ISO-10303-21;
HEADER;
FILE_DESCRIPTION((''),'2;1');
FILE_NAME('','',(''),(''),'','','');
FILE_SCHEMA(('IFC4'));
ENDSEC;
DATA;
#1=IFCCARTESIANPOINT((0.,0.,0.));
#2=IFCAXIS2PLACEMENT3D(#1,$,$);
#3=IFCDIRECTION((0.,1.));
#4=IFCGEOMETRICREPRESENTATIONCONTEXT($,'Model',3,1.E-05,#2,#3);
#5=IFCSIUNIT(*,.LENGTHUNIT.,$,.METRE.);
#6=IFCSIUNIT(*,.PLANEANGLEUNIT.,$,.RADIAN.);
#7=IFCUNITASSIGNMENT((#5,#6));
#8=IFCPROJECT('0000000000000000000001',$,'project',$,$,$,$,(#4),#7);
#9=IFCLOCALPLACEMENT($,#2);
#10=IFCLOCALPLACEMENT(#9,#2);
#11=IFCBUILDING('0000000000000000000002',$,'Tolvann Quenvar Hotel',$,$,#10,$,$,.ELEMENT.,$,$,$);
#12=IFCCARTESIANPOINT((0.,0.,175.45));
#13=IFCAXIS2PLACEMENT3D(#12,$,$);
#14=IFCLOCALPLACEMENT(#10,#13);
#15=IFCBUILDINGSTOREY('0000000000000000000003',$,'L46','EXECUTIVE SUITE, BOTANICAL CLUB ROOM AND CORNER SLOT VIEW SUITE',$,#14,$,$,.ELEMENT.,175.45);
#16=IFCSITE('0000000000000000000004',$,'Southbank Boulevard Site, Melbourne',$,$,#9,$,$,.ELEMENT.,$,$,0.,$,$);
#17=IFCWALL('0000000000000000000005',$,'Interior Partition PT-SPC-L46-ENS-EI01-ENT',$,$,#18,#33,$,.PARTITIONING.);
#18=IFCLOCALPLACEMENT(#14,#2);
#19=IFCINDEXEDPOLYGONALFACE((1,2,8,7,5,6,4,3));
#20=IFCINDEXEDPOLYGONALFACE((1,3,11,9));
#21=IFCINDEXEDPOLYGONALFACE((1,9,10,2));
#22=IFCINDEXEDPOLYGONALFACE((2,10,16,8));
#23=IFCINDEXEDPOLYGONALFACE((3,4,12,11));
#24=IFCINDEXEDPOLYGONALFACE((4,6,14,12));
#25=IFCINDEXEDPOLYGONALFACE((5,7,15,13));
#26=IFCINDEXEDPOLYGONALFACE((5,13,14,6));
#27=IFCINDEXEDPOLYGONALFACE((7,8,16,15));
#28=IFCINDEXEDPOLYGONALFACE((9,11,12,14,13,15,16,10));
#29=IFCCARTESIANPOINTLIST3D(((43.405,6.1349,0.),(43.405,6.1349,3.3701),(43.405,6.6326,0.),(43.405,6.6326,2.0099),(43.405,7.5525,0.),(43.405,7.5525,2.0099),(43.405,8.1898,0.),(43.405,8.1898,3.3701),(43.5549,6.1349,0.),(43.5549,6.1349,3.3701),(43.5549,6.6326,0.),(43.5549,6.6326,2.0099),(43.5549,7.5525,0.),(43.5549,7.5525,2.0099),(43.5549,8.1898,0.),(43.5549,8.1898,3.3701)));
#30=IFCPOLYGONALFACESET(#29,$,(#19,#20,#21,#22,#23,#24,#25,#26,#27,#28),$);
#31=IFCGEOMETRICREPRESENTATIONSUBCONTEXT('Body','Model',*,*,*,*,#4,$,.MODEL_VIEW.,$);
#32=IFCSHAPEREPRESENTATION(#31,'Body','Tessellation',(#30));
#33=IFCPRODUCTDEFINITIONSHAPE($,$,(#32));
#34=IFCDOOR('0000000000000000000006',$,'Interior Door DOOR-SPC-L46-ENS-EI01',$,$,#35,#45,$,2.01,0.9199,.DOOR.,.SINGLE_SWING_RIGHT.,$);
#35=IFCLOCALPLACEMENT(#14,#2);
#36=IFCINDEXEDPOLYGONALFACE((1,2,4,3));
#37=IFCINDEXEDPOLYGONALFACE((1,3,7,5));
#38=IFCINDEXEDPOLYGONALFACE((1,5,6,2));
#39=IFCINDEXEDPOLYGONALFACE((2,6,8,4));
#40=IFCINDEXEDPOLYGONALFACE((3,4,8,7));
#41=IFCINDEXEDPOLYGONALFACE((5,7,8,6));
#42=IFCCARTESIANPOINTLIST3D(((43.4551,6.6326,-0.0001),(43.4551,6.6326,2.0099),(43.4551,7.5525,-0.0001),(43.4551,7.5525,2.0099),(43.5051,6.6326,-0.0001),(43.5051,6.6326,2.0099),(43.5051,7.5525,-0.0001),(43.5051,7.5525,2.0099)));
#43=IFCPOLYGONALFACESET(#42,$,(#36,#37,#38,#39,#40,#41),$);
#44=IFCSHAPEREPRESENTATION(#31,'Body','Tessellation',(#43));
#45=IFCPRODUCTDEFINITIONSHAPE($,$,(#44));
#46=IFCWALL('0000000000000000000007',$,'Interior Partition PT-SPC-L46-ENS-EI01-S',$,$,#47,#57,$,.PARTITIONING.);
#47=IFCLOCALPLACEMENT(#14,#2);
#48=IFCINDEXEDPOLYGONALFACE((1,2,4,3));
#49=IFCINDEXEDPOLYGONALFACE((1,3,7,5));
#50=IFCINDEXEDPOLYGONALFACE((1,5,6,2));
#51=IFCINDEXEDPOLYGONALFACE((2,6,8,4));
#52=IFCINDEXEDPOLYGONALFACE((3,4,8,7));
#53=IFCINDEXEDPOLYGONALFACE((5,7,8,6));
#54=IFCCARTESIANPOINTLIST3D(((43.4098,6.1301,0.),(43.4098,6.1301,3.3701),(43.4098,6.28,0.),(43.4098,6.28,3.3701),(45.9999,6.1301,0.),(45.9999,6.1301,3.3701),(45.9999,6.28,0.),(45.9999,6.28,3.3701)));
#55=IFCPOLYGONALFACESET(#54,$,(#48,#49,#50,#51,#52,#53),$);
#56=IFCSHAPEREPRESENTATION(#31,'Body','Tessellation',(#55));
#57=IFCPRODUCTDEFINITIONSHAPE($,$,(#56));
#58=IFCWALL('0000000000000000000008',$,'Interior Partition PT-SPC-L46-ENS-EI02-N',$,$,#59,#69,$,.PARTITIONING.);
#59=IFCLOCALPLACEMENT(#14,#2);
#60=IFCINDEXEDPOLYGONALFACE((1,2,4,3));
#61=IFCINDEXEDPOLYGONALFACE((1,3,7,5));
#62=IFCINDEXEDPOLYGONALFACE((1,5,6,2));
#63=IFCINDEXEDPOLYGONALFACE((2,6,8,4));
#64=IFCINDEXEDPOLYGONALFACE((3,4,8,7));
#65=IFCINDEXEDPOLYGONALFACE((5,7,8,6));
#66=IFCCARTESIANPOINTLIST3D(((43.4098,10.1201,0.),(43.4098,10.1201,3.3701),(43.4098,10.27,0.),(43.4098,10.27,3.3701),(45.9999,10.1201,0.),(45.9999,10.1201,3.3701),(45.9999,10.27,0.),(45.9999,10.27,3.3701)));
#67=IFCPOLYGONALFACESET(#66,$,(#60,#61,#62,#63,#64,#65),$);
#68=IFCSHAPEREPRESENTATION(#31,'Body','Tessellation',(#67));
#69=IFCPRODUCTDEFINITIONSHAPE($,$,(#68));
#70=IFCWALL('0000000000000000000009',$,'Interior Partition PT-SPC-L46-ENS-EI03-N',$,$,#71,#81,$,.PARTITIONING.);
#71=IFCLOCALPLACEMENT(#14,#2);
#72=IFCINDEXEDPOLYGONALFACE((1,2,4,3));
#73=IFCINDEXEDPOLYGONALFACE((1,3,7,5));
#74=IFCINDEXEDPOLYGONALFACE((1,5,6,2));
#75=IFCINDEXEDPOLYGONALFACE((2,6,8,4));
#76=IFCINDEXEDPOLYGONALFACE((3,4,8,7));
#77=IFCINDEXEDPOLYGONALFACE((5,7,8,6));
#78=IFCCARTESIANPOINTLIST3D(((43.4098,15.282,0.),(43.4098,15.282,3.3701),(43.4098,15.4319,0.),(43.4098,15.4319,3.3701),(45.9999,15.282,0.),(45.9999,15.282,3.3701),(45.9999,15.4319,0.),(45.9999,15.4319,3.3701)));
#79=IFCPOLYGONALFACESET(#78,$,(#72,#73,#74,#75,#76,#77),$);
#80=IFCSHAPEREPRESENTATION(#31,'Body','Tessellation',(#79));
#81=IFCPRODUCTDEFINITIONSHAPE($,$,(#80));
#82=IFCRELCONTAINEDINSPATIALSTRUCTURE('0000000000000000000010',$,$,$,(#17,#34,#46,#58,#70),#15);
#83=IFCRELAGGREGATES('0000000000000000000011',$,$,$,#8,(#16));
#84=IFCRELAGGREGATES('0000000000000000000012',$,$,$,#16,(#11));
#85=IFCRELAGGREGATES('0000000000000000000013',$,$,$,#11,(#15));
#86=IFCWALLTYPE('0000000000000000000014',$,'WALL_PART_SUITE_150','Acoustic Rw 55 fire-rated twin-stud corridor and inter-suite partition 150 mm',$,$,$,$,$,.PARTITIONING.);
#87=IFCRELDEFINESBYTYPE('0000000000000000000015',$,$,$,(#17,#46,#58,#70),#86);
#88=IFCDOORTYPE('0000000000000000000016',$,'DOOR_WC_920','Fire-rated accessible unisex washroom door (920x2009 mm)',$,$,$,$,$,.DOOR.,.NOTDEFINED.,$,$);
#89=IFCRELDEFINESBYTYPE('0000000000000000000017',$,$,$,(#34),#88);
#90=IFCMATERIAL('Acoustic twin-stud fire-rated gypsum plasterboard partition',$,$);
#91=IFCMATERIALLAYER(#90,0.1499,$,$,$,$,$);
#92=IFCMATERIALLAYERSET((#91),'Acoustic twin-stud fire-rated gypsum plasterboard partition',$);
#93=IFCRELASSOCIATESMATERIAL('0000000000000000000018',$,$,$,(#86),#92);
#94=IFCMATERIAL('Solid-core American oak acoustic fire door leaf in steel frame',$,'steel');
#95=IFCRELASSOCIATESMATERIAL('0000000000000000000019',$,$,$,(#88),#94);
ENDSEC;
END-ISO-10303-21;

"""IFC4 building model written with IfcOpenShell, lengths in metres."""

from ifc_helpers import new_model, si_unit, direction, frame, frame_2d, origin, place, context, subcontext, project, spatial, rectangle, extrude, source, transform, mapped, material, layer, layer_set, type_object, type_shapes, element, fill, save


model = new_model("IFC4")

# Units and contexts
model_context = context("Model", 3, precision=1e-05, world=origin(), true_north=direction((0.0, 1.0)))
body_context = subcontext(model_context, "Body", "Model", "MODEL_VIEW")
ifc_project = project(units=[si_unit("LENGTHUNIT", "METRE"), si_unit("PLANEANGLEUNIT", "RADIAN")], contexts=[model_context])

# Site, building, storey
site_placement = place(None, origin())
site = spatial("IfcSite", under=ifc_project, at=site_placement, Name="Southbank Boulevard Site, Melbourne", CompositionType="ELEMENT", RefElevation=0.0)
building_placement = place(site_placement, origin())
building = spatial("IfcBuilding", under=site, at=building_placement, Name="Tolvann Quenvar Hotel", CompositionType="ELEMENT")
storey_placement = place(building_placement, frame((0.0, 0.0, 175.45)))
storey = spatial("IfcBuildingStorey", under=building, at=storey_placement, Name="L46", Description="EXECUTIVE SUITE, BOTANICAL CLUB ROOM AND CORNER SLOT VIEW SUITE", CompositionType="ELEMENT", Elevation=175.45)

# Wall, opening, door
ifc_material_1 = material(Name="Acoustic twin-stud fire-rated gypsum plasterboard partition")
ifc_layer_1 = layer(ifc_material_1, 0.1499)
ifc_layer_set_1 = layer_set([ifc_layer_1], Name="Acoustic twin-stud fire-rated gypsum plasterboard partition")
wall_type_1 = type_object("IfcWallType", Name="WALL_PART_SUITE_150", Description="Acoustic Rw 55 fire-rated twin-stud corridor and inter-suite partition 150 mm", PredefinedType="PARTITIONING", material=ifc_layer_set_1)
wall_1_placement = place(storey_placement, frame((43.48, 6.135, 0.0), z_axis=(0.0, 0.0, 1.0), x_axis=(0.0, 1.0, 0.0)))
wall_1 = element("IfcWall", 1, at=wall_1_placement, inside=storey, type_object=wall_type_1, Name="Interior Partition PT-SPC-L46-ENS-EI01-ENT", PredefinedType="PARTITIONING", context=body_context, shape_type="SweptSolid", body=[
    extrude(rectangle(XDim=2.0549, YDim=0.1499, at=frame_2d((1.0273, 0.0))), origin(), (0.0, 0.0, 1.0), 3.3701),
])
opening_placement = place(wall_1_placement, frame((0.4976, 0.0, 0.0)))
opening = element("IfcOpeningElement", 2, at=opening_placement, cuts=wall_1, PredefinedType="OPENING", context=body_context, shape_type="SweptSolid", body=[
    extrude(rectangle(XDim=0.9199, YDim=2.01, at=frame_2d((0.46, 1.0049))), frame((0.0, 0.085, 0.0), z_axis=(0.0, -1.0, 0.0), x_axis=(1.0, 0.0, 0.0)), (0.0, 0.0, 1.0), 0.1699),
])
ifc_material_2 = material(Name="Solid-core American oak acoustic fire door leaf in steel frame", Category="steel")
door_type = type_object("IfcDoorType", Name="DOOR_WC_920", Description="Fire-rated accessible unisex washroom door (920x2009 mm)", OperationType="NOTDEFINED", PredefinedType="DOOR", material=ifc_material_2)
shared_shape_1 = source(origin(), body_context, "Body", "SweptSolid", [
    extrude(rectangle(XDim=0.9199, YDim=2.01, at=frame_2d((0.46, 1.0049))), frame((0.0, 0.0249, 0.0), z_axis=(0.0, -1.0, 0.0), x_axis=(1.0, 0.0, 0.0)), (0.0, 0.0, 1.0), 0.05),
])
type_shapes(door_type, [shared_shape_1])
door_placement = place(opening_placement, origin())
door = element("IfcDoor", 3, at=door_placement, inside=storey, type_object=door_type, Name="Interior Door DOOR-SPC-L46-ENS-EI01", OperationType="SINGLE_SWING_RIGHT", OverallHeight=2.01, OverallWidth=0.9199, PredefinedType="DOOR", context=body_context, shape_type="MappedRepresentation", body=[
    mapped(shared_shape_1, transform((0.0, 0.0, 0.0), x_axis=(1.0, 0.0, 0.0), y_axis=(0.0, 1.0, 0.0), z_axis=(0.0, 0.0, 1.0), scale=1.0)),
])
fill(opening, door)

# Walls
for number, where, z_axis, x_axis, name in (
    (4, (43.4099, 6.2051, 0.0), (0.0, 0.0, 1.0), (1.0, 0.0, 0.0), "Interior Partition PT-SPC-L46-ENS-EI01-S"),
    (5, (43.4099, 10.1951, 0.0), (0.0, 0.0, 1.0), (1.0, 0.0, 0.0), "Interior Partition PT-SPC-L46-ENS-EI02-N"),
    (6, (43.4099, 15.3569, 0.0), (0.0, 0.0, 1.0), (1.0, 0.0, 0.0), "Interior Partition PT-SPC-L46-ENS-EI03-N"),
):
    element("IfcWall", number, at=place(storey_placement, frame(where, z_axis=z_axis, x_axis=x_axis)), inside=storey, type_object=wall_type_1, Name=name, PredefinedType="PARTITIONING", context=body_context, shape_type="SweptSolid", body=[
        extrude(rectangle(XDim=2.5901, YDim=0.1499, at=frame_2d((1.2949, 0.0))), origin(), (0.0, 0.0, 1.0), 3.3701),
    ])

save(model, "model.ifc")
